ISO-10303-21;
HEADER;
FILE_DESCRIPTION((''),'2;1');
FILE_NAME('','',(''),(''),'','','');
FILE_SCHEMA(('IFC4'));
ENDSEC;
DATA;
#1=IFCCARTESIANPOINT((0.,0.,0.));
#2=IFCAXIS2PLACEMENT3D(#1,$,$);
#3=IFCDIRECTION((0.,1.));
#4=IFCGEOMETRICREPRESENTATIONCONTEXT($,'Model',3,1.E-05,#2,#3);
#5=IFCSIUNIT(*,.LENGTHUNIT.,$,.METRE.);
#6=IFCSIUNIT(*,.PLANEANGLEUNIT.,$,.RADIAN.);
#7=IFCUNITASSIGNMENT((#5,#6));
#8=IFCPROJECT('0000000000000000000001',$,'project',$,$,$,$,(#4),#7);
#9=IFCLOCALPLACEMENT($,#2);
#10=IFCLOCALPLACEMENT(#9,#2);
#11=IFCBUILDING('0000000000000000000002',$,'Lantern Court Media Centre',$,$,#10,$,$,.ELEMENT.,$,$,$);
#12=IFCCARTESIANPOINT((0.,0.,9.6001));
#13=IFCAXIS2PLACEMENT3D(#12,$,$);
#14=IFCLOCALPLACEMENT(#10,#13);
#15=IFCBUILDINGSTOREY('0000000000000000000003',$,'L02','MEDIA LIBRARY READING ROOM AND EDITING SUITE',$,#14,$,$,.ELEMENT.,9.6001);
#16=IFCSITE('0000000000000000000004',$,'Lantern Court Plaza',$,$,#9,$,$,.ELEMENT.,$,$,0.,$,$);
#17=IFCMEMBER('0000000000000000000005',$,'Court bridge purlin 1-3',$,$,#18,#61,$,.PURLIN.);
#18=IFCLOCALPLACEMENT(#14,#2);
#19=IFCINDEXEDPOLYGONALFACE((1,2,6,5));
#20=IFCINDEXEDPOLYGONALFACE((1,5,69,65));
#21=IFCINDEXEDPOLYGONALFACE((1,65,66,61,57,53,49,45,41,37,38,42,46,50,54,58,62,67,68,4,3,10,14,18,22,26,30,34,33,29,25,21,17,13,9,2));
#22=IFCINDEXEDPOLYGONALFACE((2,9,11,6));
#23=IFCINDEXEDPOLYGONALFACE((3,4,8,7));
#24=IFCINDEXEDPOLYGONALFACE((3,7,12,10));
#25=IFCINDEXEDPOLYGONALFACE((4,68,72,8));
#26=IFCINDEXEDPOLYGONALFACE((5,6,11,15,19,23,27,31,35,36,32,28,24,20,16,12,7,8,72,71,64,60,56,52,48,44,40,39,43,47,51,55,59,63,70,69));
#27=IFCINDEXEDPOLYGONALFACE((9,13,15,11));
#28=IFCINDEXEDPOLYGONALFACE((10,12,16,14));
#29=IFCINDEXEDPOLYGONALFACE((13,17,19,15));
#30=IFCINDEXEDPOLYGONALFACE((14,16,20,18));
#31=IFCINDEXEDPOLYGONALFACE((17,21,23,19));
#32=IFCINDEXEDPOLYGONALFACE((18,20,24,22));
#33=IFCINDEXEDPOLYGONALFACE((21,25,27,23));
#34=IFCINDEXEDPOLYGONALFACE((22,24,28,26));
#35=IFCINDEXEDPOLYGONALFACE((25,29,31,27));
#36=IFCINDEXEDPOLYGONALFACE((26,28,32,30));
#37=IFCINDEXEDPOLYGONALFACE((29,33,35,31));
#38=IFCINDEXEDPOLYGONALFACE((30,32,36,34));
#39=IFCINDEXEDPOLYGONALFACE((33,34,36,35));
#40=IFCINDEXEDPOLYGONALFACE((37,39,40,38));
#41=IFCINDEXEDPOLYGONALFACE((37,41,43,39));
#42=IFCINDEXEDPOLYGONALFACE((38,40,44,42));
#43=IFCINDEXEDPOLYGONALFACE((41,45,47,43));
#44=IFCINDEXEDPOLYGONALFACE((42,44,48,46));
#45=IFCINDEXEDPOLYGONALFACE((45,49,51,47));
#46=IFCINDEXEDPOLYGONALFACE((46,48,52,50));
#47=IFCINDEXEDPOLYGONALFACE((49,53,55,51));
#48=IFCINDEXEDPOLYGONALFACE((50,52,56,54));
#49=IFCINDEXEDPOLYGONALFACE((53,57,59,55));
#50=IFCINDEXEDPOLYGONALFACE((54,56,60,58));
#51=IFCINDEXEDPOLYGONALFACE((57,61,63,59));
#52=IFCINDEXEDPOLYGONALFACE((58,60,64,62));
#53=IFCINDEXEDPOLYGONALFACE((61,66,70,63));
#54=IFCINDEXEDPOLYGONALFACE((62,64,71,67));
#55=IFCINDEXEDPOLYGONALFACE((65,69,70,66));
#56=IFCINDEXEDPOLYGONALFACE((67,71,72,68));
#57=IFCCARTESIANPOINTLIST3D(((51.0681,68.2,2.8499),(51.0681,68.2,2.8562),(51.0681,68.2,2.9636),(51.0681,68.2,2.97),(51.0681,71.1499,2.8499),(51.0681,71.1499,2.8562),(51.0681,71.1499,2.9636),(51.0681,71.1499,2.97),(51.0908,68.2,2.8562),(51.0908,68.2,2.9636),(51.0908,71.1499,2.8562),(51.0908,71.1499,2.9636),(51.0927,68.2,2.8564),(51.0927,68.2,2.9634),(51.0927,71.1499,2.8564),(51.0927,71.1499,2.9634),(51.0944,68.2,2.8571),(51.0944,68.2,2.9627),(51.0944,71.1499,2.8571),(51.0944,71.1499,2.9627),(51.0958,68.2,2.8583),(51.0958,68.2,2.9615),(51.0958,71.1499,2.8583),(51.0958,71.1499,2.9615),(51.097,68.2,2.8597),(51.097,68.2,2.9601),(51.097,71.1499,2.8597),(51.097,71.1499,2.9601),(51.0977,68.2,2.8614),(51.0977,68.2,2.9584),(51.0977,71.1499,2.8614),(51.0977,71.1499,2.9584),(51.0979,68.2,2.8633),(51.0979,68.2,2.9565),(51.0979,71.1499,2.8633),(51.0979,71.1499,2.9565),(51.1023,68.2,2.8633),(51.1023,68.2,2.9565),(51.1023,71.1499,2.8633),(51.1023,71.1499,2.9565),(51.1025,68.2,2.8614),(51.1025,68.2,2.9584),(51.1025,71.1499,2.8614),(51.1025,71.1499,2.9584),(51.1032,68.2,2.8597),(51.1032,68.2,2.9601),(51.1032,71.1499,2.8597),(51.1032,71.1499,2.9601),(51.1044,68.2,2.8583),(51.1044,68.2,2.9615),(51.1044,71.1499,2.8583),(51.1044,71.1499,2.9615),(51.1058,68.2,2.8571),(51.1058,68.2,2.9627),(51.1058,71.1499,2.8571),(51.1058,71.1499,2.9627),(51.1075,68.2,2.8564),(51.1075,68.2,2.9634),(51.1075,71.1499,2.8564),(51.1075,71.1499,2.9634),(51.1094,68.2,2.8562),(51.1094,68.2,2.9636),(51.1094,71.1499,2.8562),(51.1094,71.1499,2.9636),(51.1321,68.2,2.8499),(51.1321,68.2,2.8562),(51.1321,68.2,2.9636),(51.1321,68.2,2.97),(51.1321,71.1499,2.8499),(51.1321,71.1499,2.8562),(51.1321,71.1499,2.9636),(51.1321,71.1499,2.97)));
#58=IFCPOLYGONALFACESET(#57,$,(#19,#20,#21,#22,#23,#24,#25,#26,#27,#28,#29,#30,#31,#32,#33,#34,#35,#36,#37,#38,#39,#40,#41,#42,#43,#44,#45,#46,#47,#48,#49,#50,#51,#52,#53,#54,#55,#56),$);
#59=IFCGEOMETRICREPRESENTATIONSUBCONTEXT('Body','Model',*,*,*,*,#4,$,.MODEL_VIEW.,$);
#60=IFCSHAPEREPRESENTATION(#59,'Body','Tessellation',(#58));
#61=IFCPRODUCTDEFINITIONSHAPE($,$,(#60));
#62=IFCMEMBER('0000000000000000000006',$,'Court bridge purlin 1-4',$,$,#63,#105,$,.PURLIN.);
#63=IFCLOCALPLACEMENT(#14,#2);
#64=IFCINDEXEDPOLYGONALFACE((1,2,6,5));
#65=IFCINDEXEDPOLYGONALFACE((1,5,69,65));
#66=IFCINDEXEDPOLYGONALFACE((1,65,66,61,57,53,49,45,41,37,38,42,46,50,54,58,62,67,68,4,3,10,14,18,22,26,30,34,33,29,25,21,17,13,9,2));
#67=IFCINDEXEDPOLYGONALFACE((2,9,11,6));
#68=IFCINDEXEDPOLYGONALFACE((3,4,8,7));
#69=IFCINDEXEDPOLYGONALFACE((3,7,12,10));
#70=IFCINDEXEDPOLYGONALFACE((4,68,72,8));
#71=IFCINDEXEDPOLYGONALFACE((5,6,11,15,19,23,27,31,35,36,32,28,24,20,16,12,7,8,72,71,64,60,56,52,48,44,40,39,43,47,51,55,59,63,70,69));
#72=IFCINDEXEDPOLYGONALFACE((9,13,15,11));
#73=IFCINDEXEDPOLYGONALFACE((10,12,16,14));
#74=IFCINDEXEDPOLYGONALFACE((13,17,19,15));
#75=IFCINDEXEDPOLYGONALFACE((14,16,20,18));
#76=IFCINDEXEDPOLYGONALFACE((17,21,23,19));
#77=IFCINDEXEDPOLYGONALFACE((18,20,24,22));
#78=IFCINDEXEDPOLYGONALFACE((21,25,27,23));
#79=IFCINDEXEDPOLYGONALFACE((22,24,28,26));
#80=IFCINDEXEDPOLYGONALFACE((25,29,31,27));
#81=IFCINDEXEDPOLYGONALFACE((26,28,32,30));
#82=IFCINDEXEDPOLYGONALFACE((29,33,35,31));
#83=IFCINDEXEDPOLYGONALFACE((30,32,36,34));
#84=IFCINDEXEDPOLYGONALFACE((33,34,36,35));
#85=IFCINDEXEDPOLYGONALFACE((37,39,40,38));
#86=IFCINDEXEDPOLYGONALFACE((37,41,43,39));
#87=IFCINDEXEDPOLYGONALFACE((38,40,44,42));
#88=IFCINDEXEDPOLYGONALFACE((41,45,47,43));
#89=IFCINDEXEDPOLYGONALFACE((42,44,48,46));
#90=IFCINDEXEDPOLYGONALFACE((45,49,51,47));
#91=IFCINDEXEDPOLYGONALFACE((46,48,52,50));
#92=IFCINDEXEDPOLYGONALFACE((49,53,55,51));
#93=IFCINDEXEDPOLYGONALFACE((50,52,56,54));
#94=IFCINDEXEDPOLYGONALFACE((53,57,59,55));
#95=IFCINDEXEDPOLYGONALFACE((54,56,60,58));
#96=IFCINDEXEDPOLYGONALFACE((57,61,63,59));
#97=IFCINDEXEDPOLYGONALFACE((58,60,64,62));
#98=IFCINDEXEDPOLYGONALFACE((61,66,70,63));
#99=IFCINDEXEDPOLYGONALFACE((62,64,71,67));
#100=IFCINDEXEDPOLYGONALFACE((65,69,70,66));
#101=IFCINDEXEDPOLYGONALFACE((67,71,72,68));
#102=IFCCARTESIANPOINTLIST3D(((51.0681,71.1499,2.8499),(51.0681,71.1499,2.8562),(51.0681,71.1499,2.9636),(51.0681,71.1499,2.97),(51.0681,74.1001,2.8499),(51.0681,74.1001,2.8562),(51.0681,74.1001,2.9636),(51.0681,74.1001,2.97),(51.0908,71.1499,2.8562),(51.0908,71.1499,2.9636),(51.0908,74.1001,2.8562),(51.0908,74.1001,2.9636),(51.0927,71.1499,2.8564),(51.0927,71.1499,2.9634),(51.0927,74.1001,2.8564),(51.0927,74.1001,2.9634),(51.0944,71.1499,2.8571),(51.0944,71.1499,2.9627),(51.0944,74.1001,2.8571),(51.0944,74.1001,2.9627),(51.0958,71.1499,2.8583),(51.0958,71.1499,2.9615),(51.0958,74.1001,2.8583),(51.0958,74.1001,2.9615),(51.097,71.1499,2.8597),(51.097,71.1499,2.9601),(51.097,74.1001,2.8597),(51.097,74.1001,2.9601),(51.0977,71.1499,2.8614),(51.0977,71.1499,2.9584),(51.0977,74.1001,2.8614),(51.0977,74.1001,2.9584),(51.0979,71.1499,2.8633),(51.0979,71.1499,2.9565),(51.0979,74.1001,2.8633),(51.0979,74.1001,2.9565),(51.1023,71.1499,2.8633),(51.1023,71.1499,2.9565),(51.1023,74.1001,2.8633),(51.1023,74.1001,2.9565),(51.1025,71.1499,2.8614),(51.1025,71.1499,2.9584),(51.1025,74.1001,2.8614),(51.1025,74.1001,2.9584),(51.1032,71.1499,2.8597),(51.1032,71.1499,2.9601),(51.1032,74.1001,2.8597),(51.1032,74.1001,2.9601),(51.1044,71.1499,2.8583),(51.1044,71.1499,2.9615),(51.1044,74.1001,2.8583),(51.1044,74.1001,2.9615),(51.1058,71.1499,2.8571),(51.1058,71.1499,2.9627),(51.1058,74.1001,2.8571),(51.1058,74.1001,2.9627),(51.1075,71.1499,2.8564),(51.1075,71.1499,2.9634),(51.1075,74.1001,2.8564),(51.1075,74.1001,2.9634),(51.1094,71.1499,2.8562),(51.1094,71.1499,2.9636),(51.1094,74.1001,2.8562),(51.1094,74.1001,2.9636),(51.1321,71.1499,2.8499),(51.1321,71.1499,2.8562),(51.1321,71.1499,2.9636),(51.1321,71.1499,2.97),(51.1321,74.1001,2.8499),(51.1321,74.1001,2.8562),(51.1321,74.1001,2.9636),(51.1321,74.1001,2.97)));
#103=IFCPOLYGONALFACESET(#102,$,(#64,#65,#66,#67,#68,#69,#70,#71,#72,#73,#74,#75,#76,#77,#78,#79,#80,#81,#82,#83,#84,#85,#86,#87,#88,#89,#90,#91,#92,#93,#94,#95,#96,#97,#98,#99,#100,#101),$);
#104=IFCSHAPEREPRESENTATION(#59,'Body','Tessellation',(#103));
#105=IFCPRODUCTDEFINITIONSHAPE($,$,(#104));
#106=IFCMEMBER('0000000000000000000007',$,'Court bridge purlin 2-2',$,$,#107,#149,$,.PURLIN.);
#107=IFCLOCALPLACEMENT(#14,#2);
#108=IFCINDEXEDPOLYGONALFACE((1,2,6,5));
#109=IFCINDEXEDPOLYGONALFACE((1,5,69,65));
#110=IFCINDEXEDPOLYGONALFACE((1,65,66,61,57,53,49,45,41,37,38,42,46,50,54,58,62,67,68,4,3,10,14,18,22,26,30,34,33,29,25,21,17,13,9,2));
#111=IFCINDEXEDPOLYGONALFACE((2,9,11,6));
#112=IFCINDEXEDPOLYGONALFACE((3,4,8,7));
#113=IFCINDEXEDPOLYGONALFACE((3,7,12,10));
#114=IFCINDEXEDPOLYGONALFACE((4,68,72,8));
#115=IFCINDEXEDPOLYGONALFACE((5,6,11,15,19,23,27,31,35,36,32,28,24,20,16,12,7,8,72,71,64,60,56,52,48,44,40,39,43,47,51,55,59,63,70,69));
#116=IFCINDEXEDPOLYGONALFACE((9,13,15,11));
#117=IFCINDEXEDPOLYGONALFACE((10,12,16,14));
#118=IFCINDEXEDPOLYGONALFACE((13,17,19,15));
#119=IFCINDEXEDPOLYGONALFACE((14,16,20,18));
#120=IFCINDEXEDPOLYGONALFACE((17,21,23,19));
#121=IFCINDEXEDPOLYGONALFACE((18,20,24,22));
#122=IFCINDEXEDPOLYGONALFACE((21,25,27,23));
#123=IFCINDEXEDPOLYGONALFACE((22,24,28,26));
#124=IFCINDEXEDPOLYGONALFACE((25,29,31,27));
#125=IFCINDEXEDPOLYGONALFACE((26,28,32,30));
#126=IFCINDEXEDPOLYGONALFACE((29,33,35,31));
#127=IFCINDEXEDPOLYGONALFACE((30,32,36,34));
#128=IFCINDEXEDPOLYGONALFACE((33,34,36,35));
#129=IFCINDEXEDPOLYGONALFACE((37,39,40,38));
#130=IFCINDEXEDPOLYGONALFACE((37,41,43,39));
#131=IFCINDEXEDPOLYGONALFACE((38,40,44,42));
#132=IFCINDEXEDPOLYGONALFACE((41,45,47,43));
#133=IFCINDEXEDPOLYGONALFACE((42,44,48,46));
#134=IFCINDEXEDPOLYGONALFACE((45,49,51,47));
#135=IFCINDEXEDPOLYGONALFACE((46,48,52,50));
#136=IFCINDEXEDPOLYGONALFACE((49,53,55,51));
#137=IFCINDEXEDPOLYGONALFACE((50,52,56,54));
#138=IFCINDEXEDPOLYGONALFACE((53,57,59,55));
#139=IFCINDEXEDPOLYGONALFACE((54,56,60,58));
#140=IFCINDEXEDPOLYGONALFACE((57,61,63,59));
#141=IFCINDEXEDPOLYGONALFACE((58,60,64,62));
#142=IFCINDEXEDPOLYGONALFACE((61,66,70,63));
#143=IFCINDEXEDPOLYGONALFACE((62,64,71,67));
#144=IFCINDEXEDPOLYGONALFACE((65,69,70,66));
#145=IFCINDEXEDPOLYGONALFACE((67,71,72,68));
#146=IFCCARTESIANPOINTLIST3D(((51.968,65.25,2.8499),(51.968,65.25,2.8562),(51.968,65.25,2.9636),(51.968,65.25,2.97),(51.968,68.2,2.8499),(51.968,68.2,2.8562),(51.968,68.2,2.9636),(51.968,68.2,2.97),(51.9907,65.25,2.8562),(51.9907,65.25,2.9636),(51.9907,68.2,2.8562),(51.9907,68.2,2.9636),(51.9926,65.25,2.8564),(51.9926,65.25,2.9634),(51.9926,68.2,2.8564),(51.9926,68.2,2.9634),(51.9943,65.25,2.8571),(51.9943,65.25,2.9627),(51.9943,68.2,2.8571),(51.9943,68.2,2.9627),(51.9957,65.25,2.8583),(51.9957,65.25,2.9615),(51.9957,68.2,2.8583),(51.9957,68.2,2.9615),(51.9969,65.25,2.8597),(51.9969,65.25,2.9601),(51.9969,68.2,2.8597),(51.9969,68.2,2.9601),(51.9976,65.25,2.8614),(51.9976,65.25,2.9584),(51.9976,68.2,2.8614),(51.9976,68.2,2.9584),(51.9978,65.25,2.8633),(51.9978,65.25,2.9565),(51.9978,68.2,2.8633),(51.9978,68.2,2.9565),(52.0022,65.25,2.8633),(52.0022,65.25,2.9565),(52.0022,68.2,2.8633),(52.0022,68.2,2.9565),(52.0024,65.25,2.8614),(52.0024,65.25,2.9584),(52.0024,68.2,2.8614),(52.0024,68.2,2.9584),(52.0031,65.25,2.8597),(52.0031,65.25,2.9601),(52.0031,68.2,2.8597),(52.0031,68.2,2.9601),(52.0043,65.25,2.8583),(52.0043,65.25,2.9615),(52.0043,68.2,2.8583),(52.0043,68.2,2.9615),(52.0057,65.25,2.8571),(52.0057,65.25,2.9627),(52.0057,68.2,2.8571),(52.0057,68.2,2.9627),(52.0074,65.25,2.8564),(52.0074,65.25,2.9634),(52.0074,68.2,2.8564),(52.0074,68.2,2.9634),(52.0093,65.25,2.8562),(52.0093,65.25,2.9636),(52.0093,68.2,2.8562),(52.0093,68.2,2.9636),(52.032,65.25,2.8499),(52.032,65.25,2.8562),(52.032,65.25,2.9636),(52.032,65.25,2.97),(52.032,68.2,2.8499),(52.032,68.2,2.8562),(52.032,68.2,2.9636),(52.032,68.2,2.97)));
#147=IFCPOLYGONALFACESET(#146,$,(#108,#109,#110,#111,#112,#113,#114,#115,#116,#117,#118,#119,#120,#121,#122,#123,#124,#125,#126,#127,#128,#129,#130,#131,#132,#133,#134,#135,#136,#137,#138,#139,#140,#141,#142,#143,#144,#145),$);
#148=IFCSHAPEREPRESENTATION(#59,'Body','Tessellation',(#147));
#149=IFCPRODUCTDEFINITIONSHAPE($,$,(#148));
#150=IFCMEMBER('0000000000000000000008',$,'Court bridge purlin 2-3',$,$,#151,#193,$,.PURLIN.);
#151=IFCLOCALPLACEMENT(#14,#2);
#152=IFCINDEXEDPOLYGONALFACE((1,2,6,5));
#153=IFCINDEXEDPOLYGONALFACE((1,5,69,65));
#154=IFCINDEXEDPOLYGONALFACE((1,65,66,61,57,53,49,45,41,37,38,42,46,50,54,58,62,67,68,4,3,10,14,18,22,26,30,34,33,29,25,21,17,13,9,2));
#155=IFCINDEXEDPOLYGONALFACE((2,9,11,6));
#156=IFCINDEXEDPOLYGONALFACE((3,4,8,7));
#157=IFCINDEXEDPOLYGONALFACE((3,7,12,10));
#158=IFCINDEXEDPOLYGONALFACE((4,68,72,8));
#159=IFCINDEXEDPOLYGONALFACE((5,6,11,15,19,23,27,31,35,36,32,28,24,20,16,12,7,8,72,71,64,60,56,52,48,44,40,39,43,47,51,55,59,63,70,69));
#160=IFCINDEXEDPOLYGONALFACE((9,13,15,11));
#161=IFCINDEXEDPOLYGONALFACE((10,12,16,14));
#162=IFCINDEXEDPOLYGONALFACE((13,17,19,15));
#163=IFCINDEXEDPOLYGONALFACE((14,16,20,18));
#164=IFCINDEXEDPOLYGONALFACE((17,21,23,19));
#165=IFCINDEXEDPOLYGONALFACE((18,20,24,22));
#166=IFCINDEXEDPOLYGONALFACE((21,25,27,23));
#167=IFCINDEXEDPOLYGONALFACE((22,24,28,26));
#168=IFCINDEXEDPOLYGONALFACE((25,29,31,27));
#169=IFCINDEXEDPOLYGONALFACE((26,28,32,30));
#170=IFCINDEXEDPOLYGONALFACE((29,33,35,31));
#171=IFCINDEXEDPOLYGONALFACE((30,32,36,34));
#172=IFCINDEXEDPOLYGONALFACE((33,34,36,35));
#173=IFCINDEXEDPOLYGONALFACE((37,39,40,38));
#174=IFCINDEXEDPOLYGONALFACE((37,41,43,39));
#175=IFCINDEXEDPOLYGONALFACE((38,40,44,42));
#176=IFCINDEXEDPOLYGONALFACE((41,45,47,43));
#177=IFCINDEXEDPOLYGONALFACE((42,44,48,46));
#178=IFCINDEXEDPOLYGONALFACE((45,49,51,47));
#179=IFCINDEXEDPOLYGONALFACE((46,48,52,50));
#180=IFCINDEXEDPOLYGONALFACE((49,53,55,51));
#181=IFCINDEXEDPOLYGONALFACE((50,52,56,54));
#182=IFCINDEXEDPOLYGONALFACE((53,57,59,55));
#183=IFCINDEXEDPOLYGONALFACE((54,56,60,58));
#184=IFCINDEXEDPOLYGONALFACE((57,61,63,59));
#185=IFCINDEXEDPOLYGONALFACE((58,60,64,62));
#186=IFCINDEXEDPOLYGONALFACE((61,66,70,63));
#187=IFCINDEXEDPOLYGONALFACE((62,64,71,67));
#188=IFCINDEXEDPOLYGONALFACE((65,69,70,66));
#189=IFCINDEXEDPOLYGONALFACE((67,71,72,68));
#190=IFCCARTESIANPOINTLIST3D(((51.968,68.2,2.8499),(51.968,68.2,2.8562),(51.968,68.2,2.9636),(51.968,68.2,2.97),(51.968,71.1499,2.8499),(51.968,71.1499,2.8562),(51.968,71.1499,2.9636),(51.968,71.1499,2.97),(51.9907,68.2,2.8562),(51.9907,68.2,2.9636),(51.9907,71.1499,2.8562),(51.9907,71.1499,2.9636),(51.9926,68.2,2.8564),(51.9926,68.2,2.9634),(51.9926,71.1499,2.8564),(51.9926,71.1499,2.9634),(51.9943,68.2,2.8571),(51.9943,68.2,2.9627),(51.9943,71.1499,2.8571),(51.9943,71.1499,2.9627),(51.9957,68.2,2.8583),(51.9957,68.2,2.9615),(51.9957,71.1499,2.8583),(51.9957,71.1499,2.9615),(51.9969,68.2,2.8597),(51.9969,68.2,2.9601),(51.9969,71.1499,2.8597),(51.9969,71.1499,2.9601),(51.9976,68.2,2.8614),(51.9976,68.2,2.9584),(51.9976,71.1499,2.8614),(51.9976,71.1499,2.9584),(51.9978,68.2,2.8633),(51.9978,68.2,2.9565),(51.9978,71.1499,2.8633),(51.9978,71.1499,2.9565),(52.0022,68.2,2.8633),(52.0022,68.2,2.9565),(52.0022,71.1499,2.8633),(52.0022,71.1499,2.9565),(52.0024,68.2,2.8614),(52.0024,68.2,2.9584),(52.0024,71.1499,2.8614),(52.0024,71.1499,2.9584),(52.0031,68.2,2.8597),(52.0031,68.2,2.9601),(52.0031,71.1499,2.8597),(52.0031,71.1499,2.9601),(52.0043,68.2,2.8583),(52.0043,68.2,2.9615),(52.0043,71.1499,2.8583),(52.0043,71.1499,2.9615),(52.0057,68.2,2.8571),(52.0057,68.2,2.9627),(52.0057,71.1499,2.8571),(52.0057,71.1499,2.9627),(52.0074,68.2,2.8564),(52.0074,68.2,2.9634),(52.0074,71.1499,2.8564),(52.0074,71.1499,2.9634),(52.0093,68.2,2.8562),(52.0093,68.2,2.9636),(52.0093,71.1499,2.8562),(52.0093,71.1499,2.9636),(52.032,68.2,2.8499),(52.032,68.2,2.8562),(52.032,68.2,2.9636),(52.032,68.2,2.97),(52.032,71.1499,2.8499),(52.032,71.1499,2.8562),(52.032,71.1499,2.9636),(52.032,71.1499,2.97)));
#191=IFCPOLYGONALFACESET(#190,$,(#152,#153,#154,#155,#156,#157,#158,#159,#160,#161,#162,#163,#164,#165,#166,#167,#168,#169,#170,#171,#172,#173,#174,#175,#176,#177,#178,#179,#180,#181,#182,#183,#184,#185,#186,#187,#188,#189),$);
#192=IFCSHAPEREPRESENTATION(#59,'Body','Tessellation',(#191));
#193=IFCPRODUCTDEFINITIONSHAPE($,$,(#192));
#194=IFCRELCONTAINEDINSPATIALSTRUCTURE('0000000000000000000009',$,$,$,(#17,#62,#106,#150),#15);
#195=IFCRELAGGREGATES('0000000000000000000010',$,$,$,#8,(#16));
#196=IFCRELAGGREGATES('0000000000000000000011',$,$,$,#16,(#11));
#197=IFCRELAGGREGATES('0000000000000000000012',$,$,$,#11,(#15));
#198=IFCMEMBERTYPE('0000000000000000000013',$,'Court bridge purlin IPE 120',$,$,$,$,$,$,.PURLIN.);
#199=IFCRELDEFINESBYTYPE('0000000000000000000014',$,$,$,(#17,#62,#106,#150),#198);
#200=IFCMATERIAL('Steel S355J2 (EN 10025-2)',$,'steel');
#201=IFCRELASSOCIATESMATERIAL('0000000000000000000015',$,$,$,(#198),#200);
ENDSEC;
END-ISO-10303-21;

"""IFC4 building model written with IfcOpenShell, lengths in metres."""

from ifc_helpers import new_model, si_unit, direction, frame, origin, origin_2d, place, context, subcontext, project, spatial, i_section, extrude, material, material_profile, profile_set, type_object, element, save


model = new_model("IFC4")

# Units and contexts
model_context = context("Model", 3, precision=1e-05, world=origin(), true_north=direction((0.0, 1.0)))
body_context = subcontext(model_context, "Body", "Model", "MODEL_VIEW")
ifc_project = project(units=[si_unit("LENGTHUNIT", "METRE"), si_unit("PLANEANGLEUNIT", "RADIAN")], contexts=[model_context])

# Site, building, storey
site_placement = place(None, origin())
site = spatial("IfcSite", under=ifc_project, at=site_placement, Name="Lantern Court Plaza", CompositionType="ELEMENT", RefElevation=0.0)
building_placement = place(site_placement, origin())
building = spatial("IfcBuilding", under=site, at=building_placement, Name="Lantern Court Media Centre", CompositionType="ELEMENT")
storey_placement = place(building_placement, frame((0.0, 0.0, 9.6001)))
storey = spatial("IfcBuildingStorey", under=building, at=storey_placement, Name="L02", Description="MEDIA LIBRARY READING ROOM AND EDITING SUITE", CompositionType="ELEMENT", Elevation=9.6001)

# Shared definitions
ifc_material = material(Name="Steel S355J2 (EN 10025-2)", Category="steel")

# Members
ifc_material_profile_1 = material_profile(ifc_material, i_section(OverallWidth=0.064, OverallDepth=0.1201, WebThickness=0.0044, FlangeThickness=0.0063, FilletRadius=0.0071, at=origin_2d()), Name="IPE 120")
ifc_profile_set_1 = profile_set([ifc_material_profile_1], Name="Steel S355J2 (EN 10025-2)")
member_type_1 = type_object("IfcMemberType", Name="Court bridge purlin IPE 120", PredefinedType="PURLIN", material=ifc_profile_set_1)
member_1_placement = place(storey_placement, frame((51.1001, 68.2, 2.9099), z_axis=(0.0, 1.0, 0.0), x_axis=(-1.0, 0.0, 0.0)))
element("IfcMember", 1, at=member_1_placement, inside=storey, type_object=member_type_1, Name="Court bridge purlin 1-3", PredefinedType="PURLIN", context=body_context, shape_type="SweptSolid", body=[
    extrude(i_section(OverallWidth=0.064, OverallDepth=0.1201, WebThickness=0.0044, FlangeThickness=0.0063, FilletRadius=0.0071, at=origin_2d()), origin(), (0.0, 0.0, 1.0), 2.95),
])
member_2_placement = place(storey_placement, frame((51.1001, 71.1499, 2.9099), z_axis=(0.0, 1.0, 0.0), x_axis=(-1.0, 0.0, 0.0)))
element("IfcMember", 2, at=member_2_placement, inside=storey, type_object=member_type_1, Name="Court bridge purlin 1-4", PredefinedType="PURLIN", context=body_context, shape_type="SweptSolid", body=[
    extrude(i_section(OverallWidth=0.064, OverallDepth=0.1201, WebThickness=0.0044, FlangeThickness=0.0063, FilletRadius=0.0071, at=origin_2d()), origin(), (0.0, 0.0, 1.0), 2.9502),
])
for number, where, z_axis, x_axis, name in (
    (3, (52.0, 65.25, 2.9099), (0.0, 1.0, 0.0), (-1.0, 0.0, 0.0), "Court bridge purlin 2-2"),
    (4, (52.0, 68.2, 2.9099), (0.0, 1.0, 0.0), (-1.0, 0.0, 0.0), "Court bridge purlin 2-3"),
):
    element("IfcMember", number, at=place(storey_placement, frame(where, z_axis=z_axis, x_axis=x_axis)), inside=storey, type_object=member_type_1, Name=name, PredefinedType="PURLIN", context=body_context, shape_type="SweptSolid", body=[
        extrude(i_section(OverallWidth=0.064, OverallDepth=0.1201, WebThickness=0.0044, FlangeThickness=0.0063, FilletRadius=0.0071, at=origin_2d()), origin(), (0.0, 0.0, 1.0), 2.95),
    ])

save(model, "model.ifc")
